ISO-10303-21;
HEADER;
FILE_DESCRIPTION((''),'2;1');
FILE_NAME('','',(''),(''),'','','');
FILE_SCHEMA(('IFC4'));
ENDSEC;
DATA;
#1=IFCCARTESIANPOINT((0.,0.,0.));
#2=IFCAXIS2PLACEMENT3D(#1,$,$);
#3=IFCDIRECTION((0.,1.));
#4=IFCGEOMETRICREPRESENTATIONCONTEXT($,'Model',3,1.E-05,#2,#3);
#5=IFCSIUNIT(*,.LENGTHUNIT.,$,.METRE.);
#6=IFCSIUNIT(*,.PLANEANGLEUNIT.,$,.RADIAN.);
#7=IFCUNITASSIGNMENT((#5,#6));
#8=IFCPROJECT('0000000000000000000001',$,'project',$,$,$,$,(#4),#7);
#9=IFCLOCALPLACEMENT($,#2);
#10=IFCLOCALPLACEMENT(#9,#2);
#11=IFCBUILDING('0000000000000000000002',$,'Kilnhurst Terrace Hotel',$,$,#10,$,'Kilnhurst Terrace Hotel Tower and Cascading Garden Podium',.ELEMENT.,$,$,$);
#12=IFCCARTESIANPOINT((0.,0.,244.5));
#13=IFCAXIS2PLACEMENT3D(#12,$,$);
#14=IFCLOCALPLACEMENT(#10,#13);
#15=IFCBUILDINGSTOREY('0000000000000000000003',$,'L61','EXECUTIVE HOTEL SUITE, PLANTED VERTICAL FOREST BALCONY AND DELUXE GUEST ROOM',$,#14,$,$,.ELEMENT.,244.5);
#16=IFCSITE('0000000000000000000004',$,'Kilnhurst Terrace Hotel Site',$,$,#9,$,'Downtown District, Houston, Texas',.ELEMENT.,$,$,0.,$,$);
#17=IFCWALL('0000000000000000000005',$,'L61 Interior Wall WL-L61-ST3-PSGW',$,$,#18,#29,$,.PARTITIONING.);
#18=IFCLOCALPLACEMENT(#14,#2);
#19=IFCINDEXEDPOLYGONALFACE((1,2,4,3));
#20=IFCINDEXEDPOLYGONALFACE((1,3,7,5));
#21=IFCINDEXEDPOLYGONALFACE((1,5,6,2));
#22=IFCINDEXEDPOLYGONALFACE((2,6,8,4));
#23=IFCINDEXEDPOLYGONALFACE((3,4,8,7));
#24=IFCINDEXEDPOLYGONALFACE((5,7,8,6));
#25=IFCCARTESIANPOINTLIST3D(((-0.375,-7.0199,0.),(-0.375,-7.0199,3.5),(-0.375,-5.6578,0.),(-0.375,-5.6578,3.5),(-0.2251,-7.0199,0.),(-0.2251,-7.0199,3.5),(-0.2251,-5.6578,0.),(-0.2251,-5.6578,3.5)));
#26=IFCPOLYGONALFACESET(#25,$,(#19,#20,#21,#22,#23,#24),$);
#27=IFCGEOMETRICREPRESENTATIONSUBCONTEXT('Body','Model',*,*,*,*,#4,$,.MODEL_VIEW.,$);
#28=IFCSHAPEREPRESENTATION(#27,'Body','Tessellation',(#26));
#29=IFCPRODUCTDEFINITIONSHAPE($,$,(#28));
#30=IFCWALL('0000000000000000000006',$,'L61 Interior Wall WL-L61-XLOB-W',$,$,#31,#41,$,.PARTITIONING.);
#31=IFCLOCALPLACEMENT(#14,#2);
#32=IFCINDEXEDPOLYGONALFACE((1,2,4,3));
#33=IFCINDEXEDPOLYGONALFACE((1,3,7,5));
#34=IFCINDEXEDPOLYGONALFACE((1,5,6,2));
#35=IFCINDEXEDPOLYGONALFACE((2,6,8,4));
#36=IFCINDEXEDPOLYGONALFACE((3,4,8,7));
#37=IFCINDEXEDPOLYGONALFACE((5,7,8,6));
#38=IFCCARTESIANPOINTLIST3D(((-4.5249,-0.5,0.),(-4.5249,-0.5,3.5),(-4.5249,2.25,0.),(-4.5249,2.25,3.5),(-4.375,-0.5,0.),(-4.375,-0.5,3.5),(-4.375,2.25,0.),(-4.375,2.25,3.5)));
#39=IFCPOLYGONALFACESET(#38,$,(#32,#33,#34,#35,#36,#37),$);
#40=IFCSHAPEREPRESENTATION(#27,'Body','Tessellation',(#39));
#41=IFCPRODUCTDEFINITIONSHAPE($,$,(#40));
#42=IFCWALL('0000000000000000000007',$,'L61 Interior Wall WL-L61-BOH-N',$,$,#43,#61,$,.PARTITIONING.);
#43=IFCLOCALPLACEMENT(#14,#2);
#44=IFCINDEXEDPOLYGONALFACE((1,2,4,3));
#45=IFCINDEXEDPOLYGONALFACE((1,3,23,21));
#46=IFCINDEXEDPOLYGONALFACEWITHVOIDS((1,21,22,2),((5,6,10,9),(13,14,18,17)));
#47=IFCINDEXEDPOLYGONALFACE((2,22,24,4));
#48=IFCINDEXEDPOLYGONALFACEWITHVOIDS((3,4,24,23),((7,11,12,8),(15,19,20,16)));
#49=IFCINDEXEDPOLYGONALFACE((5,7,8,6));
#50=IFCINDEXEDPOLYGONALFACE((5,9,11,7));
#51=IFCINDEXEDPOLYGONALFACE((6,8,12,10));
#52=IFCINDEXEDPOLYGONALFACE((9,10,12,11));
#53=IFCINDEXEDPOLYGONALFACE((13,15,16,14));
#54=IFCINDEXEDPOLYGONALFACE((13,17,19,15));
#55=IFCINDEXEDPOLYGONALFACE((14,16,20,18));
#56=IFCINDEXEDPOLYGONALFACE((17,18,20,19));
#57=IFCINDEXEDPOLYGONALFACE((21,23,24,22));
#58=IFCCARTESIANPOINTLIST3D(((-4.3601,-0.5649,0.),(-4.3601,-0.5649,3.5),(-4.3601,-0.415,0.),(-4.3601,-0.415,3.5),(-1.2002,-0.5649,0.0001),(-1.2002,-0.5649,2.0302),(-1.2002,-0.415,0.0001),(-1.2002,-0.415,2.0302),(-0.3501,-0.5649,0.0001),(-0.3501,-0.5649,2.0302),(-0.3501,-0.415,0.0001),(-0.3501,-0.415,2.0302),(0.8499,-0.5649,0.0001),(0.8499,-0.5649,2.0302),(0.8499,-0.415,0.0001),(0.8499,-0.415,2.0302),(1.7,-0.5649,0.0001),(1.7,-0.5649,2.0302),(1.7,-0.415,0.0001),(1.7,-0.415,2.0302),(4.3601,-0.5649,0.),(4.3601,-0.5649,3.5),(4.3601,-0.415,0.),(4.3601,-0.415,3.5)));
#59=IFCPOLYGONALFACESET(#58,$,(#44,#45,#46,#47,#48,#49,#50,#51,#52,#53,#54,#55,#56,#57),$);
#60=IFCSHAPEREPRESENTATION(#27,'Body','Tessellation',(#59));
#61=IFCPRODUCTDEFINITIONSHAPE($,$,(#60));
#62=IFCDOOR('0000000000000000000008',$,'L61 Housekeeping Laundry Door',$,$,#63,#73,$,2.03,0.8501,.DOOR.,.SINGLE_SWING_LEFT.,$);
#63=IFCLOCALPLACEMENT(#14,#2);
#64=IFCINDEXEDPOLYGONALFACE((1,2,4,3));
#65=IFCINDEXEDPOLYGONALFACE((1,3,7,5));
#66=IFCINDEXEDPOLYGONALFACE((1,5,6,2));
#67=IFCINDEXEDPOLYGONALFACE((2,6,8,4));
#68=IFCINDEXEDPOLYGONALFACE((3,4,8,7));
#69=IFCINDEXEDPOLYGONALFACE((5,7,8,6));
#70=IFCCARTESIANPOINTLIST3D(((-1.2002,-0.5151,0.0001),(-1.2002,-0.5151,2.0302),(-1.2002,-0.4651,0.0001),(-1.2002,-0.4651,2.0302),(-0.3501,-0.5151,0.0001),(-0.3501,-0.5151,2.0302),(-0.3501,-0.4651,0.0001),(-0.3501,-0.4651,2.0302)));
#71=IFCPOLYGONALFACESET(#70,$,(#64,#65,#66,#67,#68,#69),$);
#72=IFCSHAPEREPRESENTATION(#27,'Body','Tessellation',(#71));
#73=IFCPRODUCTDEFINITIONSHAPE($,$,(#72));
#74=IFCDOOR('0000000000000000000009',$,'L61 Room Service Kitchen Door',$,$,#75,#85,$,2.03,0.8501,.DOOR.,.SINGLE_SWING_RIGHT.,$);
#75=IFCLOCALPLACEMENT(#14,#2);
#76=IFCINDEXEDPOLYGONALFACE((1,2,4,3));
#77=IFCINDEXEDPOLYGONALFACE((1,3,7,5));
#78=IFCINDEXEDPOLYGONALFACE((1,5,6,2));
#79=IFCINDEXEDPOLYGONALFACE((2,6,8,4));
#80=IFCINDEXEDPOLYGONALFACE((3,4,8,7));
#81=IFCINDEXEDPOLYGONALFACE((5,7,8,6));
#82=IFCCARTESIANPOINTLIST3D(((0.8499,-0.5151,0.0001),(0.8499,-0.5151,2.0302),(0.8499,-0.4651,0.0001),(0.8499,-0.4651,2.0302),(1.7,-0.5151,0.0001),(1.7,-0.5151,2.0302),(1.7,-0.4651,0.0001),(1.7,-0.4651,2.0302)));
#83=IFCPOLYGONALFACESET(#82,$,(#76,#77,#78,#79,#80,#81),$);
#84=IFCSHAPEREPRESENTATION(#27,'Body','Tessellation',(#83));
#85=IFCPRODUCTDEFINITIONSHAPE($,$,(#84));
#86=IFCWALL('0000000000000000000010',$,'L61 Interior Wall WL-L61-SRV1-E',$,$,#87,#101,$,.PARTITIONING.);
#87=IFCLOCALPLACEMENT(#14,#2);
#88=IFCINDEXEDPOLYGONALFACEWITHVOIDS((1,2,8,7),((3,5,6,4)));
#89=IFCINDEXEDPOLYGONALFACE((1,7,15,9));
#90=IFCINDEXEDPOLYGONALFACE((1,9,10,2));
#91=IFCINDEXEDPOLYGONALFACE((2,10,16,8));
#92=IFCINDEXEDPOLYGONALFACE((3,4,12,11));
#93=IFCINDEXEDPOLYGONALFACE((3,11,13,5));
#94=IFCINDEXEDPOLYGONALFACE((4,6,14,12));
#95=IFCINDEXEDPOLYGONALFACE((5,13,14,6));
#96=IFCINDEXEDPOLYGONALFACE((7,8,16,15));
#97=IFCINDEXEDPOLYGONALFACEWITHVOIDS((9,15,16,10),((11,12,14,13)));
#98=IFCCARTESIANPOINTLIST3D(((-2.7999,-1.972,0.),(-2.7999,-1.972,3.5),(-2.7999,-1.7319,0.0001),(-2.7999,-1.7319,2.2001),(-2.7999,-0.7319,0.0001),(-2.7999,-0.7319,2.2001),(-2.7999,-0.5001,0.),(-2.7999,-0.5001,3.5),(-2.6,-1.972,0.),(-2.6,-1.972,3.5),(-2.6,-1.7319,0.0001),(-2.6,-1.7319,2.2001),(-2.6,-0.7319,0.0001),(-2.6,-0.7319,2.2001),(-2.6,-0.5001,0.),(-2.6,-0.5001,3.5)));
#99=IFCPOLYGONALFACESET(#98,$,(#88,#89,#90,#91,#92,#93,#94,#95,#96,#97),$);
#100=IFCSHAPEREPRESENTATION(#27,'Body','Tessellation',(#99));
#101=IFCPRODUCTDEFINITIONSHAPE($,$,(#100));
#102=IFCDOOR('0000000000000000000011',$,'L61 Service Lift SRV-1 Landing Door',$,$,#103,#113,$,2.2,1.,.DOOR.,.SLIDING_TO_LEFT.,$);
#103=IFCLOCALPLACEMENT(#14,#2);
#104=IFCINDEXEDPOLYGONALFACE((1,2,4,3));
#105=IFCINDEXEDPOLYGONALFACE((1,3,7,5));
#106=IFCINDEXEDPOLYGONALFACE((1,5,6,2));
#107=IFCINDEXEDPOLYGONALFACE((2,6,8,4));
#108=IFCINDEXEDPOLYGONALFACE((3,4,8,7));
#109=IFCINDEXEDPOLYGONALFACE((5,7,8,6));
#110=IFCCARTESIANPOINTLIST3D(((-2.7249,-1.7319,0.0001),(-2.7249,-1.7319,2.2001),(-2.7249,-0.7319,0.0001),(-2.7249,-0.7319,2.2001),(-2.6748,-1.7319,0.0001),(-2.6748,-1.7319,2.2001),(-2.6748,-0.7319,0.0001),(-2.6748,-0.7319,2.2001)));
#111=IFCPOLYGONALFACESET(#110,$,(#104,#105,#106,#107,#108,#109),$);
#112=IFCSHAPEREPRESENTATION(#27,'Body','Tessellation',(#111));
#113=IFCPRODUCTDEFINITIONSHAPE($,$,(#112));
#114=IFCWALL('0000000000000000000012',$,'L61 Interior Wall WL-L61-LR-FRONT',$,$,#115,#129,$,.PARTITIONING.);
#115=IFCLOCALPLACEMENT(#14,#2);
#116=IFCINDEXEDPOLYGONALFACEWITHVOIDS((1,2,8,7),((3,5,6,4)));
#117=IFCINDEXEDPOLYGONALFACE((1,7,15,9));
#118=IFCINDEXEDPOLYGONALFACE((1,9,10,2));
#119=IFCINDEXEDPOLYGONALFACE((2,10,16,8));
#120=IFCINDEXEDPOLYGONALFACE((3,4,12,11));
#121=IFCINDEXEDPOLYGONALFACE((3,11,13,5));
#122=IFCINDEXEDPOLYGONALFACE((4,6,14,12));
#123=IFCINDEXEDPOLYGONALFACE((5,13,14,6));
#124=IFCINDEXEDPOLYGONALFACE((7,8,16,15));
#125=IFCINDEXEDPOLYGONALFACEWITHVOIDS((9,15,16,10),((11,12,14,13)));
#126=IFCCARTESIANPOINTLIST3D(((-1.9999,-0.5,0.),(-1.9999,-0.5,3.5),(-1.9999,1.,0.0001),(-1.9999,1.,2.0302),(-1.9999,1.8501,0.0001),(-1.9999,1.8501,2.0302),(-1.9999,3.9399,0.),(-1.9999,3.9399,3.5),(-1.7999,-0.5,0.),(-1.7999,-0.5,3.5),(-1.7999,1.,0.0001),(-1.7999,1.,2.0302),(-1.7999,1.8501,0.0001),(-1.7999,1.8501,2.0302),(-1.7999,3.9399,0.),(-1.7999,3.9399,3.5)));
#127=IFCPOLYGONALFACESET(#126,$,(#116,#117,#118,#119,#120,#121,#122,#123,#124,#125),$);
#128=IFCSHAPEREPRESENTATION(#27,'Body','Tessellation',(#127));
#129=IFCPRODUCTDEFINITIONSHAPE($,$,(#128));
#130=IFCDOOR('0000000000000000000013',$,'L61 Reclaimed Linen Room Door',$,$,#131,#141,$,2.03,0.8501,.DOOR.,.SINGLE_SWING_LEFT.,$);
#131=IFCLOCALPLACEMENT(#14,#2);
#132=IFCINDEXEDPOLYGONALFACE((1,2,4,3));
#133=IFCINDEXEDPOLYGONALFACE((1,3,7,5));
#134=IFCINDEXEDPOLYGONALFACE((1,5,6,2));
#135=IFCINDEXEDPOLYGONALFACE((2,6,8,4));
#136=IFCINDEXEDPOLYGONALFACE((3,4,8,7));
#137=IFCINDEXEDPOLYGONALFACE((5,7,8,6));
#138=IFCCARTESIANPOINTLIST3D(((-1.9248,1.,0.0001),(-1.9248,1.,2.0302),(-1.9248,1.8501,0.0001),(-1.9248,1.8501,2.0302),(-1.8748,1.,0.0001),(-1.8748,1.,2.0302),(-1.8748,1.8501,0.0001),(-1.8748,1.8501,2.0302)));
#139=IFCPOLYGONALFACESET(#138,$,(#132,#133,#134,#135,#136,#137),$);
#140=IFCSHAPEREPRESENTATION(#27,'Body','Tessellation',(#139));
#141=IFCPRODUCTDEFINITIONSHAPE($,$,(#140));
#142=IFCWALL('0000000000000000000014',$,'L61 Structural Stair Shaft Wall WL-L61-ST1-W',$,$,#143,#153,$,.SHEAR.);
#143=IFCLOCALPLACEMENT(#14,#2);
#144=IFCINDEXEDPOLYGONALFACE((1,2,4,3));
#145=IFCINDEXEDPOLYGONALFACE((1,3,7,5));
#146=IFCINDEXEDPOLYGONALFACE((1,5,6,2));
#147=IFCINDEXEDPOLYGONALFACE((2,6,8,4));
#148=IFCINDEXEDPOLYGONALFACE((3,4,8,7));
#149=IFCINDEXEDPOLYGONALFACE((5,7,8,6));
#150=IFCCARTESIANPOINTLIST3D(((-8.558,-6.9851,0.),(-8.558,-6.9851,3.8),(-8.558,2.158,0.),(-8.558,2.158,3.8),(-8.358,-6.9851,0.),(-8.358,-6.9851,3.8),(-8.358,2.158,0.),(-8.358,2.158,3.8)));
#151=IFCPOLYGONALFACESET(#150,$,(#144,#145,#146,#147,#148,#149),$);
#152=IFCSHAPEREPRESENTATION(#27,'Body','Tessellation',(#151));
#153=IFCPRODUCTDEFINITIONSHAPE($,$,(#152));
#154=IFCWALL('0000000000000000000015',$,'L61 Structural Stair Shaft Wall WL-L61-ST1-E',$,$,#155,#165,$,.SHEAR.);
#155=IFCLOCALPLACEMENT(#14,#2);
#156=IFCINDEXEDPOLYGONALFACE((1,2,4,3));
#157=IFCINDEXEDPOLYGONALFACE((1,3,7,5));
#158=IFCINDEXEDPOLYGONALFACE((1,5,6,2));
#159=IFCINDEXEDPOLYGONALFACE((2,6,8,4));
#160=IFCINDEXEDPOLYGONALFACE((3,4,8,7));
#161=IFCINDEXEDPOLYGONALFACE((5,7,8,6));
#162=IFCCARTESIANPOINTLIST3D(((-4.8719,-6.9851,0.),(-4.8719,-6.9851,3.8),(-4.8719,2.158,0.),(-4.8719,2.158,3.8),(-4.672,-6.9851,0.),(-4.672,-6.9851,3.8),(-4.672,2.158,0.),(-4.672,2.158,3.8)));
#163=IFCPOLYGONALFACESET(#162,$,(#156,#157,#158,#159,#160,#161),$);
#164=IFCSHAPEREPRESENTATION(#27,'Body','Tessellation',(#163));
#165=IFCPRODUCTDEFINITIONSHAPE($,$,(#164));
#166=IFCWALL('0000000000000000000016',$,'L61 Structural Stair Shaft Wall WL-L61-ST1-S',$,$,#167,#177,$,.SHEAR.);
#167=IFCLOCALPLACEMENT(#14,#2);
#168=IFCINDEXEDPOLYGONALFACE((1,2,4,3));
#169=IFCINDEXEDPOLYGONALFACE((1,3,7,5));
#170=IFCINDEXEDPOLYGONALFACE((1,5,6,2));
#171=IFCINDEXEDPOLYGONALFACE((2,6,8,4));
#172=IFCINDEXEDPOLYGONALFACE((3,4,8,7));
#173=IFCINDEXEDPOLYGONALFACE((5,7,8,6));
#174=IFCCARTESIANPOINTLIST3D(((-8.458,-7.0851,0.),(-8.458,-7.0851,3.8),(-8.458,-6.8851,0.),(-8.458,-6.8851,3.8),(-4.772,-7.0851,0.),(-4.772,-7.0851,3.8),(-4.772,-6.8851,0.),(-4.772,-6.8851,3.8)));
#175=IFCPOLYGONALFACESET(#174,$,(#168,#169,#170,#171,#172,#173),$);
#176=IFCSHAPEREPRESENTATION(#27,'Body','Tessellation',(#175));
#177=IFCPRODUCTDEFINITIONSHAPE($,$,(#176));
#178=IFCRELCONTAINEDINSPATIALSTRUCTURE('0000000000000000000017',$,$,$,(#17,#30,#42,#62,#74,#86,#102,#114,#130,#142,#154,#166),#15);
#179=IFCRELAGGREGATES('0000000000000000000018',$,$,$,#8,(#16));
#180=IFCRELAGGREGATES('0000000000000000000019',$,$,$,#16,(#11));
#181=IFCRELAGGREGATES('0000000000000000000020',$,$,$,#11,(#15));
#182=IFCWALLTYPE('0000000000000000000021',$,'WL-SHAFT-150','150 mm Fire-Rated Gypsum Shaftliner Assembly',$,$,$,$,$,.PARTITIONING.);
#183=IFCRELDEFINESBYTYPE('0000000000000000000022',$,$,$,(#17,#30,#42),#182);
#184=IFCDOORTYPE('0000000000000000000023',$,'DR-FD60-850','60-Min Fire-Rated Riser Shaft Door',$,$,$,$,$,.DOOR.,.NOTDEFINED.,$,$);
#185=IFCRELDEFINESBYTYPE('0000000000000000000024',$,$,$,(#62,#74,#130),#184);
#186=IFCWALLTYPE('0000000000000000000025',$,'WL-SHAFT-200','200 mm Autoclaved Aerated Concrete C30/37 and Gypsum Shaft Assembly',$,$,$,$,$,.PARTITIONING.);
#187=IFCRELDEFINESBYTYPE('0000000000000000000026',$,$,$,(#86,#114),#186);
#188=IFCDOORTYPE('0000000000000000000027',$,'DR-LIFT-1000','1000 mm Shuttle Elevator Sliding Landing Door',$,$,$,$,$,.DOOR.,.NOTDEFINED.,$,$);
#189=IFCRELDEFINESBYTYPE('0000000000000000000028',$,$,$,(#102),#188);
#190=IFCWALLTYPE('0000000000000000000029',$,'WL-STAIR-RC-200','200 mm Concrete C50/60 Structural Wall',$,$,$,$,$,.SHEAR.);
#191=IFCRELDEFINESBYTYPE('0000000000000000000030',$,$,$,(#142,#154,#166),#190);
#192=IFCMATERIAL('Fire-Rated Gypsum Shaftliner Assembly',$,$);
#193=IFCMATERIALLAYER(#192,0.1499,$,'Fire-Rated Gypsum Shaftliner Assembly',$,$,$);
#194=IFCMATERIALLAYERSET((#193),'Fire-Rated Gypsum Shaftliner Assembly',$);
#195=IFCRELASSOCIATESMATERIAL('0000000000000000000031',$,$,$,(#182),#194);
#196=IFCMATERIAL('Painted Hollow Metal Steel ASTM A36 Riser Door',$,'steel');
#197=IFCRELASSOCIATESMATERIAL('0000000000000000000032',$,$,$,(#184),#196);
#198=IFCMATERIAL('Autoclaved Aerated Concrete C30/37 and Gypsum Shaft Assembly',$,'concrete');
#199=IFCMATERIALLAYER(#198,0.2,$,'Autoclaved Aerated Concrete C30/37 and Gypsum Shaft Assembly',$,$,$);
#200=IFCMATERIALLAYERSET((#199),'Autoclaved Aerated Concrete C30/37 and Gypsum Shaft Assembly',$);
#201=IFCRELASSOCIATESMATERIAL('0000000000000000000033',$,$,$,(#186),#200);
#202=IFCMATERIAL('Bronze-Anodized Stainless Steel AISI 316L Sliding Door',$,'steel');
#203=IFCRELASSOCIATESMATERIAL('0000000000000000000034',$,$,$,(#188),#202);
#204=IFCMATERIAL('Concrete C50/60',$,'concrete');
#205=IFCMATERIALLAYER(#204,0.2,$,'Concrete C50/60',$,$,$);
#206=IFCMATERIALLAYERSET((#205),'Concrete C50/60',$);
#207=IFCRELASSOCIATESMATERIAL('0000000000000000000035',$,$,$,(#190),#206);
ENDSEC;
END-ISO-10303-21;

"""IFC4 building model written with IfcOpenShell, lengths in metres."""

from ifc_helpers import new_model, si_unit, direction, frame, frame_2d, origin, place, context, subcontext, project, spatial, rectangle, extrude, material, layer, layer_set, type_object, element, fill, save


model = new_model("IFC4")

# Units and contexts
model_context = context("Model", 3, precision=1e-05, world=origin(), true_north=direction((0.0, 1.0)))
body_context = subcontext(model_context, "Body", "Model", "MODEL_VIEW")
ifc_project = project(units=[si_unit("LENGTHUNIT", "METRE"), si_unit("PLANEANGLEUNIT", "RADIAN")], contexts=[model_context])

# Site, building, storey
site_placement = place(None, origin())
site = spatial("IfcSite", under=ifc_project, at=site_placement, Name="Kilnhurst Terrace Hotel Site", LongName="Downtown District, Houston, Texas", CompositionType="ELEMENT", RefElevation=0.0)
building_placement = place(site_placement, origin())
building = spatial("IfcBuilding", under=site, at=building_placement, Name="Kilnhurst Terrace Hotel", LongName="Kilnhurst Terrace Hotel Tower and Cascading Garden Podium", CompositionType="ELEMENT")
storey_placement = place(building_placement, frame((0.0, 0.0, 244.5)))
storey = spatial("IfcBuildingStorey", under=building, at=storey_placement, Name="L61", Description="EXECUTIVE HOTEL SUITE, PLANTED VERTICAL FOREST BALCONY AND DELUXE GUEST ROOM", CompositionType="ELEMENT", Elevation=244.5)

# Walls
ifc_material_1 = material(Name="Fire-Rated Gypsum Shaftliner Assembly")
ifc_layer_1 = layer(ifc_material_1, 0.1499, Name="Fire-Rated Gypsum Shaftliner Assembly")
ifc_layer_set_1 = layer_set([ifc_layer_1], Name="Fire-Rated Gypsum Shaftliner Assembly")
wall_type_1 = type_object("IfcWallType", Name="WL-SHAFT-150", Description="150 mm Fire-Rated Gypsum Shaftliner Assembly", PredefinedType="PARTITIONING", material=ifc_layer_set_1)
wall_1_placement = place(storey_placement, frame((-0.3, -7.02, 0.0), z_axis=(0.0, 0.0, 1.0), x_axis=(0.0, 1.0, 0.0)))
element("IfcWall", 1, at=wall_1_placement, inside=storey, type_object=wall_type_1, Name="L61 Interior Wall WL-L61-ST3-PSGW", PredefinedType="PARTITIONING", context=body_context, shape_type="SweptSolid", body=[
    extrude(rectangle(XDim=1.3621, YDim=0.1499, at=frame_2d((0.6812, 0.0))), origin(), (0.0, 0.0, 1.0), 3.5),
])
wall_2_placement = place(storey_placement, frame((-4.45, -0.5, 0.0), z_axis=(0.0, 0.0, 1.0), x_axis=(0.0, 1.0, 0.0)))
element("IfcWall", 2, at=wall_2_placement, inside=storey, type_object=wall_type_1, Name="L61 Interior Wall WL-L61-XLOB-W", PredefinedType="PARTITIONING", context=body_context, shape_type="SweptSolid", body=[
    extrude(rectangle(XDim=2.75, YDim=0.1499, at=frame_2d((1.375, 0.0))), origin(), (0.0, 0.0, 1.0), 3.5),
])

# Wall, openings, doors
wall_3_placement = place(storey_placement, frame((-4.3601, -0.49, 0.0), z_axis=(0.0, 0.0, 1.0), x_axis=(1.0, 0.0, 0.0)))
wall_3 = element("IfcWall", 3, at=wall_3_placement, inside=storey, type_object=wall_type_1, Name="L61 Interior Wall WL-L61-BOH-N", PredefinedType="PARTITIONING", context=body_context, shape_type="SweptSolid", body=[
    extrude(rectangle(XDim=8.7202, YDim=0.1499, at=frame_2d((4.3601, 0.0))), origin(), (0.0, 0.0, 1.0), 3.5),
])
opening_1_placement = place(wall_3_placement, frame((3.1599, 0.0, 0.0)))
opening_1 = element("IfcOpeningElement", 4, at=opening_1_placement, cuts=wall_3, PredefinedType="OPENING", context=body_context, shape_type="SweptSolid", body=[
    extrude(rectangle(XDim=0.8501, YDim=2.03, at=frame_2d((0.425, 1.0151))), frame((0.0, 0.085, 0.0), z_axis=(0.0, -1.0, 0.0), x_axis=(1.0, 0.0, 0.0)), (0.0, 0.0, 1.0), 0.1699),
])
opening_2_placement = place(wall_3_placement, frame((5.21, 0.0, 0.0)))
opening_2 = element("IfcOpeningElement", 5, at=opening_2_placement, cuts=wall_3, PredefinedType="OPENING", context=body_context, shape_type="SweptSolid", body=[
    extrude(rectangle(XDim=0.8501, YDim=2.03, at=frame_2d((0.425, 1.0151))), frame((0.0, 0.085, 0.0), z_axis=(0.0, -1.0, 0.0), x_axis=(1.0, 0.0, 0.0)), (0.0, 0.0, 1.0), 0.1699),
])
ifc_material_2 = material(Name="Painted Hollow Metal Steel ASTM A36 Riser Door", Category="steel")
door_type_1 = type_object("IfcDoorType", Name="DR-FD60-850", Description="60-Min Fire-Rated Riser Shaft Door", OperationType="NOTDEFINED", PredefinedType="DOOR", material=ifc_material_2)
door_1_placement = place(opening_1_placement, origin())
door_1 = element("IfcDoor", 6, at=door_1_placement, inside=storey, type_object=door_type_1, Name="L61 Housekeeping Laundry Door", OperationType="SINGLE_SWING_LEFT", OverallHeight=2.03, OverallWidth=0.8501, PredefinedType="DOOR", context=body_context, shape_type="SweptSolid", body=[
    extrude(rectangle(XDim=0.8501, YDim=2.03, at=frame_2d((0.425, 1.0151))), frame((0.0, 0.0249, 0.0), z_axis=(0.0, -1.0, 0.0), x_axis=(1.0, 0.0, 0.0)), (0.0, 0.0, 1.0), 0.05),
])
fill(opening_1, door_1)
door_2_placement = place(opening_2_placement, origin())
door_2 = element("IfcDoor", 7, at=door_2_placement, inside=storey, type_object=door_type_1, Name="L61 Room Service Kitchen Door", OperationType="SINGLE_SWING_RIGHT", OverallHeight=2.03, OverallWidth=0.8501, PredefinedType="DOOR", context=body_context, shape_type="SweptSolid", body=[
    extrude(rectangle(XDim=0.8501, YDim=2.03, at=frame_2d((0.425, 1.0151))), frame((0.0, 0.0249, 0.0), z_axis=(0.0, -1.0, 0.0), x_axis=(1.0, 0.0, 0.0)), (0.0, 0.0, 1.0), 0.05),
])
fill(opening_2, door_2)

# Walls, openings, doors
ifc_material_3 = material(Name="Autoclaved Aerated Concrete C30/37 and Gypsum Shaft Assembly", Category="concrete")
ifc_layer_2 = layer(ifc_material_3, 0.2, Name="Autoclaved Aerated Concrete C30/37 and Gypsum Shaft Assembly")
ifc_layer_set_2 = layer_set([ifc_layer_2], Name="Autoclaved Aerated Concrete C30/37 and Gypsum Shaft Assembly")
wall_type_2 = type_object("IfcWallType", Name="WL-SHAFT-200", Description="200 mm Autoclaved Aerated Concrete C30/37 and Gypsum Shaft Assembly", PredefinedType="PARTITIONING", material=ifc_layer_set_2)
wall_4_placement = place(storey_placement, frame((-2.7, -1.9719, 0.0), z_axis=(0.0, 0.0, 1.0), x_axis=(0.0, 1.0, 0.0)))
wall_4 = element("IfcWall", 8, at=wall_4_placement, inside=storey, type_object=wall_type_2, Name="L61 Interior Wall WL-L61-SRV1-E", PredefinedType="PARTITIONING", context=body_context, shape_type="SweptSolid", body=[
    extrude(rectangle(XDim=1.4719, YDim=0.2, at=frame_2d((0.7358, 0.0))), origin(), (0.0, 0.0, 1.0), 3.5),
])
opening_3_placement = place(wall_4_placement, frame((0.24, 0.0, 0.0)))
opening_3 = element("IfcOpeningElement", 9, at=opening_3_placement, cuts=wall_4, PredefinedType="OPENING", context=body_context, shape_type="SweptSolid", body=[
    extrude(rectangle(XDim=1.0, YDim=2.2, at=frame_2d((0.5, 1.1001))), frame((0.0, 0.1099, 0.0), z_axis=(0.0, -1.0, 0.0), x_axis=(1.0, 0.0, 0.0)), (0.0, 0.0, 1.0), 0.22),
])
ifc_material_4 = material(Name="Bronze-Anodized Stainless Steel AISI 316L Sliding Door", Category="steel")
door_type_2 = type_object("IfcDoorType", Name="DR-LIFT-1000", Description="1000 mm Shuttle Elevator Sliding Landing Door", OperationType="NOTDEFINED", PredefinedType="DOOR", material=ifc_material_4)
door_3_placement = place(opening_3_placement, origin())
door_3 = element("IfcDoor", 10, at=door_3_placement, inside=storey, type_object=door_type_2, Name="L61 Service Lift SRV-1 Landing Door", OperationType="SLIDING_TO_LEFT", OverallHeight=2.2, OverallWidth=1.0, PredefinedType="DOOR", context=body_context, shape_type="SweptSolid", body=[
    extrude(rectangle(XDim=1.0, YDim=2.2, at=frame_2d((0.5, 1.1001))), frame((0.0, 0.0249, 0.0), z_axis=(0.0, -1.0, 0.0), x_axis=(1.0, 0.0, 0.0)), (0.0, 0.0, 1.0), 0.05),
])
fill(opening_3, door_3)
wall_5_placement = place(storey_placement, frame((-1.8999, -0.5, 0.0), z_axis=(0.0, 0.0, 1.0), x_axis=(0.0, 1.0, 0.0)))
wall_5 = element("IfcWall", 11, at=wall_5_placement, inside=storey, type_object=wall_type_2, Name="L61 Interior Wall WL-L61-LR-FRONT", PredefinedType="PARTITIONING", context=body_context, shape_type="SweptSolid", body=[
    extrude(rectangle(XDim=4.4399, YDim=0.2, at=frame_2d((2.22, 0.0))), origin(), (0.0, 0.0, 1.0), 3.5),
])
opening_4_placement = place(wall_5_placement, frame((1.5, 0.0, 0.0)))
opening_4 = element("IfcOpeningElement", 12, at=opening_4_placement, cuts=wall_5, PredefinedType="OPENING", context=body_context, shape_type="SweptSolid", body=[
    extrude(rectangle(XDim=0.8501, YDim=2.03, at=frame_2d((0.425, 1.0151))), frame((0.0, 0.1099, 0.0), z_axis=(0.0, -1.0, 0.0), x_axis=(1.0, 0.0, 0.0)), (0.0, 0.0, 1.0), 0.22),
])
door_4_placement = place(opening_4_placement, origin())
door_4 = element("IfcDoor", 13, at=door_4_placement, inside=storey, type_object=door_type_1, Name="L61 Reclaimed Linen Room Door", OperationType="SINGLE_SWING_LEFT", OverallHeight=2.03, OverallWidth=0.8501, PredefinedType="DOOR", context=body_context, shape_type="SweptSolid", body=[
    extrude(rectangle(XDim=0.8501, YDim=2.03, at=frame_2d((0.425, 1.0151))), frame((0.0, 0.0249, 0.0), z_axis=(0.0, -1.0, 0.0), x_axis=(1.0, 0.0, 0.0)), (0.0, 0.0, 1.0), 0.05),
])
fill(opening_4, door_4)

# Walls
ifc_material_5 = material(Name="Concrete C50/60", Category="concrete")
ifc_layer_3 = layer(ifc_material_5, 0.2, Name="Concrete C50/60")
ifc_layer_set_3 = layer_set([ifc_layer_3], Name="Concrete C50/60")
wall_type_3 = type_object("IfcWallType", Name="WL-STAIR-RC-200", Description="200 mm Concrete C50/60 Structural Wall", PredefinedType="SHEAR", material=ifc_layer_set_3)
for number, where, z_axis, x_axis, name in (
    (14, (-8.458, -6.9851, 0.0), (0.0, 0.0, 1.0), (0.0, 1.0, 0.0), "L61 Structural Stair Shaft Wall WL-L61-ST1-W"),
    (15, (-4.772, -6.9851, 0.0), (0.0, 0.0, 1.0), (0.0, 1.0, 0.0), "L61 Structural Stair Shaft Wall WL-L61-ST1-E"),
):
    element("IfcWall", number, at=place(storey_placement, frame(where, z_axis=z_axis, x_axis=x_axis)), inside=storey, type_object=wall_type_3, Name=name, PredefinedType="SHEAR", context=body_context, shape_type="SweptSolid", body=[
        extrude(rectangle(XDim=9.1431, YDim=0.2, at=frame_2d((4.5715, 0.0))), origin(), (0.0, 0.0, 1.0), 3.8),
    ])
for number, where, z_axis, x_axis, name in (
    (16, (-8.458, -6.9851, 0.0), (0.0, 0.0, 1.0), (1.0, 0.0, 0.0), "L61 Structural Stair Shaft Wall WL-L61-ST1-S"),
):
    element("IfcWall", number, at=place(storey_placement, frame(where, z_axis=z_axis, x_axis=x_axis)), inside=storey, type_object=wall_type_3, Name=name, PredefinedType="SHEAR", context=body_context, shape_type="SweptSolid", body=[
        extrude(rectangle(XDim=3.686, YDim=0.2, at=frame_2d((1.843, 0.0))), origin(), (0.0, 0.0, 1.0), 3.8),
    ])

save(model, "model.ifc")
